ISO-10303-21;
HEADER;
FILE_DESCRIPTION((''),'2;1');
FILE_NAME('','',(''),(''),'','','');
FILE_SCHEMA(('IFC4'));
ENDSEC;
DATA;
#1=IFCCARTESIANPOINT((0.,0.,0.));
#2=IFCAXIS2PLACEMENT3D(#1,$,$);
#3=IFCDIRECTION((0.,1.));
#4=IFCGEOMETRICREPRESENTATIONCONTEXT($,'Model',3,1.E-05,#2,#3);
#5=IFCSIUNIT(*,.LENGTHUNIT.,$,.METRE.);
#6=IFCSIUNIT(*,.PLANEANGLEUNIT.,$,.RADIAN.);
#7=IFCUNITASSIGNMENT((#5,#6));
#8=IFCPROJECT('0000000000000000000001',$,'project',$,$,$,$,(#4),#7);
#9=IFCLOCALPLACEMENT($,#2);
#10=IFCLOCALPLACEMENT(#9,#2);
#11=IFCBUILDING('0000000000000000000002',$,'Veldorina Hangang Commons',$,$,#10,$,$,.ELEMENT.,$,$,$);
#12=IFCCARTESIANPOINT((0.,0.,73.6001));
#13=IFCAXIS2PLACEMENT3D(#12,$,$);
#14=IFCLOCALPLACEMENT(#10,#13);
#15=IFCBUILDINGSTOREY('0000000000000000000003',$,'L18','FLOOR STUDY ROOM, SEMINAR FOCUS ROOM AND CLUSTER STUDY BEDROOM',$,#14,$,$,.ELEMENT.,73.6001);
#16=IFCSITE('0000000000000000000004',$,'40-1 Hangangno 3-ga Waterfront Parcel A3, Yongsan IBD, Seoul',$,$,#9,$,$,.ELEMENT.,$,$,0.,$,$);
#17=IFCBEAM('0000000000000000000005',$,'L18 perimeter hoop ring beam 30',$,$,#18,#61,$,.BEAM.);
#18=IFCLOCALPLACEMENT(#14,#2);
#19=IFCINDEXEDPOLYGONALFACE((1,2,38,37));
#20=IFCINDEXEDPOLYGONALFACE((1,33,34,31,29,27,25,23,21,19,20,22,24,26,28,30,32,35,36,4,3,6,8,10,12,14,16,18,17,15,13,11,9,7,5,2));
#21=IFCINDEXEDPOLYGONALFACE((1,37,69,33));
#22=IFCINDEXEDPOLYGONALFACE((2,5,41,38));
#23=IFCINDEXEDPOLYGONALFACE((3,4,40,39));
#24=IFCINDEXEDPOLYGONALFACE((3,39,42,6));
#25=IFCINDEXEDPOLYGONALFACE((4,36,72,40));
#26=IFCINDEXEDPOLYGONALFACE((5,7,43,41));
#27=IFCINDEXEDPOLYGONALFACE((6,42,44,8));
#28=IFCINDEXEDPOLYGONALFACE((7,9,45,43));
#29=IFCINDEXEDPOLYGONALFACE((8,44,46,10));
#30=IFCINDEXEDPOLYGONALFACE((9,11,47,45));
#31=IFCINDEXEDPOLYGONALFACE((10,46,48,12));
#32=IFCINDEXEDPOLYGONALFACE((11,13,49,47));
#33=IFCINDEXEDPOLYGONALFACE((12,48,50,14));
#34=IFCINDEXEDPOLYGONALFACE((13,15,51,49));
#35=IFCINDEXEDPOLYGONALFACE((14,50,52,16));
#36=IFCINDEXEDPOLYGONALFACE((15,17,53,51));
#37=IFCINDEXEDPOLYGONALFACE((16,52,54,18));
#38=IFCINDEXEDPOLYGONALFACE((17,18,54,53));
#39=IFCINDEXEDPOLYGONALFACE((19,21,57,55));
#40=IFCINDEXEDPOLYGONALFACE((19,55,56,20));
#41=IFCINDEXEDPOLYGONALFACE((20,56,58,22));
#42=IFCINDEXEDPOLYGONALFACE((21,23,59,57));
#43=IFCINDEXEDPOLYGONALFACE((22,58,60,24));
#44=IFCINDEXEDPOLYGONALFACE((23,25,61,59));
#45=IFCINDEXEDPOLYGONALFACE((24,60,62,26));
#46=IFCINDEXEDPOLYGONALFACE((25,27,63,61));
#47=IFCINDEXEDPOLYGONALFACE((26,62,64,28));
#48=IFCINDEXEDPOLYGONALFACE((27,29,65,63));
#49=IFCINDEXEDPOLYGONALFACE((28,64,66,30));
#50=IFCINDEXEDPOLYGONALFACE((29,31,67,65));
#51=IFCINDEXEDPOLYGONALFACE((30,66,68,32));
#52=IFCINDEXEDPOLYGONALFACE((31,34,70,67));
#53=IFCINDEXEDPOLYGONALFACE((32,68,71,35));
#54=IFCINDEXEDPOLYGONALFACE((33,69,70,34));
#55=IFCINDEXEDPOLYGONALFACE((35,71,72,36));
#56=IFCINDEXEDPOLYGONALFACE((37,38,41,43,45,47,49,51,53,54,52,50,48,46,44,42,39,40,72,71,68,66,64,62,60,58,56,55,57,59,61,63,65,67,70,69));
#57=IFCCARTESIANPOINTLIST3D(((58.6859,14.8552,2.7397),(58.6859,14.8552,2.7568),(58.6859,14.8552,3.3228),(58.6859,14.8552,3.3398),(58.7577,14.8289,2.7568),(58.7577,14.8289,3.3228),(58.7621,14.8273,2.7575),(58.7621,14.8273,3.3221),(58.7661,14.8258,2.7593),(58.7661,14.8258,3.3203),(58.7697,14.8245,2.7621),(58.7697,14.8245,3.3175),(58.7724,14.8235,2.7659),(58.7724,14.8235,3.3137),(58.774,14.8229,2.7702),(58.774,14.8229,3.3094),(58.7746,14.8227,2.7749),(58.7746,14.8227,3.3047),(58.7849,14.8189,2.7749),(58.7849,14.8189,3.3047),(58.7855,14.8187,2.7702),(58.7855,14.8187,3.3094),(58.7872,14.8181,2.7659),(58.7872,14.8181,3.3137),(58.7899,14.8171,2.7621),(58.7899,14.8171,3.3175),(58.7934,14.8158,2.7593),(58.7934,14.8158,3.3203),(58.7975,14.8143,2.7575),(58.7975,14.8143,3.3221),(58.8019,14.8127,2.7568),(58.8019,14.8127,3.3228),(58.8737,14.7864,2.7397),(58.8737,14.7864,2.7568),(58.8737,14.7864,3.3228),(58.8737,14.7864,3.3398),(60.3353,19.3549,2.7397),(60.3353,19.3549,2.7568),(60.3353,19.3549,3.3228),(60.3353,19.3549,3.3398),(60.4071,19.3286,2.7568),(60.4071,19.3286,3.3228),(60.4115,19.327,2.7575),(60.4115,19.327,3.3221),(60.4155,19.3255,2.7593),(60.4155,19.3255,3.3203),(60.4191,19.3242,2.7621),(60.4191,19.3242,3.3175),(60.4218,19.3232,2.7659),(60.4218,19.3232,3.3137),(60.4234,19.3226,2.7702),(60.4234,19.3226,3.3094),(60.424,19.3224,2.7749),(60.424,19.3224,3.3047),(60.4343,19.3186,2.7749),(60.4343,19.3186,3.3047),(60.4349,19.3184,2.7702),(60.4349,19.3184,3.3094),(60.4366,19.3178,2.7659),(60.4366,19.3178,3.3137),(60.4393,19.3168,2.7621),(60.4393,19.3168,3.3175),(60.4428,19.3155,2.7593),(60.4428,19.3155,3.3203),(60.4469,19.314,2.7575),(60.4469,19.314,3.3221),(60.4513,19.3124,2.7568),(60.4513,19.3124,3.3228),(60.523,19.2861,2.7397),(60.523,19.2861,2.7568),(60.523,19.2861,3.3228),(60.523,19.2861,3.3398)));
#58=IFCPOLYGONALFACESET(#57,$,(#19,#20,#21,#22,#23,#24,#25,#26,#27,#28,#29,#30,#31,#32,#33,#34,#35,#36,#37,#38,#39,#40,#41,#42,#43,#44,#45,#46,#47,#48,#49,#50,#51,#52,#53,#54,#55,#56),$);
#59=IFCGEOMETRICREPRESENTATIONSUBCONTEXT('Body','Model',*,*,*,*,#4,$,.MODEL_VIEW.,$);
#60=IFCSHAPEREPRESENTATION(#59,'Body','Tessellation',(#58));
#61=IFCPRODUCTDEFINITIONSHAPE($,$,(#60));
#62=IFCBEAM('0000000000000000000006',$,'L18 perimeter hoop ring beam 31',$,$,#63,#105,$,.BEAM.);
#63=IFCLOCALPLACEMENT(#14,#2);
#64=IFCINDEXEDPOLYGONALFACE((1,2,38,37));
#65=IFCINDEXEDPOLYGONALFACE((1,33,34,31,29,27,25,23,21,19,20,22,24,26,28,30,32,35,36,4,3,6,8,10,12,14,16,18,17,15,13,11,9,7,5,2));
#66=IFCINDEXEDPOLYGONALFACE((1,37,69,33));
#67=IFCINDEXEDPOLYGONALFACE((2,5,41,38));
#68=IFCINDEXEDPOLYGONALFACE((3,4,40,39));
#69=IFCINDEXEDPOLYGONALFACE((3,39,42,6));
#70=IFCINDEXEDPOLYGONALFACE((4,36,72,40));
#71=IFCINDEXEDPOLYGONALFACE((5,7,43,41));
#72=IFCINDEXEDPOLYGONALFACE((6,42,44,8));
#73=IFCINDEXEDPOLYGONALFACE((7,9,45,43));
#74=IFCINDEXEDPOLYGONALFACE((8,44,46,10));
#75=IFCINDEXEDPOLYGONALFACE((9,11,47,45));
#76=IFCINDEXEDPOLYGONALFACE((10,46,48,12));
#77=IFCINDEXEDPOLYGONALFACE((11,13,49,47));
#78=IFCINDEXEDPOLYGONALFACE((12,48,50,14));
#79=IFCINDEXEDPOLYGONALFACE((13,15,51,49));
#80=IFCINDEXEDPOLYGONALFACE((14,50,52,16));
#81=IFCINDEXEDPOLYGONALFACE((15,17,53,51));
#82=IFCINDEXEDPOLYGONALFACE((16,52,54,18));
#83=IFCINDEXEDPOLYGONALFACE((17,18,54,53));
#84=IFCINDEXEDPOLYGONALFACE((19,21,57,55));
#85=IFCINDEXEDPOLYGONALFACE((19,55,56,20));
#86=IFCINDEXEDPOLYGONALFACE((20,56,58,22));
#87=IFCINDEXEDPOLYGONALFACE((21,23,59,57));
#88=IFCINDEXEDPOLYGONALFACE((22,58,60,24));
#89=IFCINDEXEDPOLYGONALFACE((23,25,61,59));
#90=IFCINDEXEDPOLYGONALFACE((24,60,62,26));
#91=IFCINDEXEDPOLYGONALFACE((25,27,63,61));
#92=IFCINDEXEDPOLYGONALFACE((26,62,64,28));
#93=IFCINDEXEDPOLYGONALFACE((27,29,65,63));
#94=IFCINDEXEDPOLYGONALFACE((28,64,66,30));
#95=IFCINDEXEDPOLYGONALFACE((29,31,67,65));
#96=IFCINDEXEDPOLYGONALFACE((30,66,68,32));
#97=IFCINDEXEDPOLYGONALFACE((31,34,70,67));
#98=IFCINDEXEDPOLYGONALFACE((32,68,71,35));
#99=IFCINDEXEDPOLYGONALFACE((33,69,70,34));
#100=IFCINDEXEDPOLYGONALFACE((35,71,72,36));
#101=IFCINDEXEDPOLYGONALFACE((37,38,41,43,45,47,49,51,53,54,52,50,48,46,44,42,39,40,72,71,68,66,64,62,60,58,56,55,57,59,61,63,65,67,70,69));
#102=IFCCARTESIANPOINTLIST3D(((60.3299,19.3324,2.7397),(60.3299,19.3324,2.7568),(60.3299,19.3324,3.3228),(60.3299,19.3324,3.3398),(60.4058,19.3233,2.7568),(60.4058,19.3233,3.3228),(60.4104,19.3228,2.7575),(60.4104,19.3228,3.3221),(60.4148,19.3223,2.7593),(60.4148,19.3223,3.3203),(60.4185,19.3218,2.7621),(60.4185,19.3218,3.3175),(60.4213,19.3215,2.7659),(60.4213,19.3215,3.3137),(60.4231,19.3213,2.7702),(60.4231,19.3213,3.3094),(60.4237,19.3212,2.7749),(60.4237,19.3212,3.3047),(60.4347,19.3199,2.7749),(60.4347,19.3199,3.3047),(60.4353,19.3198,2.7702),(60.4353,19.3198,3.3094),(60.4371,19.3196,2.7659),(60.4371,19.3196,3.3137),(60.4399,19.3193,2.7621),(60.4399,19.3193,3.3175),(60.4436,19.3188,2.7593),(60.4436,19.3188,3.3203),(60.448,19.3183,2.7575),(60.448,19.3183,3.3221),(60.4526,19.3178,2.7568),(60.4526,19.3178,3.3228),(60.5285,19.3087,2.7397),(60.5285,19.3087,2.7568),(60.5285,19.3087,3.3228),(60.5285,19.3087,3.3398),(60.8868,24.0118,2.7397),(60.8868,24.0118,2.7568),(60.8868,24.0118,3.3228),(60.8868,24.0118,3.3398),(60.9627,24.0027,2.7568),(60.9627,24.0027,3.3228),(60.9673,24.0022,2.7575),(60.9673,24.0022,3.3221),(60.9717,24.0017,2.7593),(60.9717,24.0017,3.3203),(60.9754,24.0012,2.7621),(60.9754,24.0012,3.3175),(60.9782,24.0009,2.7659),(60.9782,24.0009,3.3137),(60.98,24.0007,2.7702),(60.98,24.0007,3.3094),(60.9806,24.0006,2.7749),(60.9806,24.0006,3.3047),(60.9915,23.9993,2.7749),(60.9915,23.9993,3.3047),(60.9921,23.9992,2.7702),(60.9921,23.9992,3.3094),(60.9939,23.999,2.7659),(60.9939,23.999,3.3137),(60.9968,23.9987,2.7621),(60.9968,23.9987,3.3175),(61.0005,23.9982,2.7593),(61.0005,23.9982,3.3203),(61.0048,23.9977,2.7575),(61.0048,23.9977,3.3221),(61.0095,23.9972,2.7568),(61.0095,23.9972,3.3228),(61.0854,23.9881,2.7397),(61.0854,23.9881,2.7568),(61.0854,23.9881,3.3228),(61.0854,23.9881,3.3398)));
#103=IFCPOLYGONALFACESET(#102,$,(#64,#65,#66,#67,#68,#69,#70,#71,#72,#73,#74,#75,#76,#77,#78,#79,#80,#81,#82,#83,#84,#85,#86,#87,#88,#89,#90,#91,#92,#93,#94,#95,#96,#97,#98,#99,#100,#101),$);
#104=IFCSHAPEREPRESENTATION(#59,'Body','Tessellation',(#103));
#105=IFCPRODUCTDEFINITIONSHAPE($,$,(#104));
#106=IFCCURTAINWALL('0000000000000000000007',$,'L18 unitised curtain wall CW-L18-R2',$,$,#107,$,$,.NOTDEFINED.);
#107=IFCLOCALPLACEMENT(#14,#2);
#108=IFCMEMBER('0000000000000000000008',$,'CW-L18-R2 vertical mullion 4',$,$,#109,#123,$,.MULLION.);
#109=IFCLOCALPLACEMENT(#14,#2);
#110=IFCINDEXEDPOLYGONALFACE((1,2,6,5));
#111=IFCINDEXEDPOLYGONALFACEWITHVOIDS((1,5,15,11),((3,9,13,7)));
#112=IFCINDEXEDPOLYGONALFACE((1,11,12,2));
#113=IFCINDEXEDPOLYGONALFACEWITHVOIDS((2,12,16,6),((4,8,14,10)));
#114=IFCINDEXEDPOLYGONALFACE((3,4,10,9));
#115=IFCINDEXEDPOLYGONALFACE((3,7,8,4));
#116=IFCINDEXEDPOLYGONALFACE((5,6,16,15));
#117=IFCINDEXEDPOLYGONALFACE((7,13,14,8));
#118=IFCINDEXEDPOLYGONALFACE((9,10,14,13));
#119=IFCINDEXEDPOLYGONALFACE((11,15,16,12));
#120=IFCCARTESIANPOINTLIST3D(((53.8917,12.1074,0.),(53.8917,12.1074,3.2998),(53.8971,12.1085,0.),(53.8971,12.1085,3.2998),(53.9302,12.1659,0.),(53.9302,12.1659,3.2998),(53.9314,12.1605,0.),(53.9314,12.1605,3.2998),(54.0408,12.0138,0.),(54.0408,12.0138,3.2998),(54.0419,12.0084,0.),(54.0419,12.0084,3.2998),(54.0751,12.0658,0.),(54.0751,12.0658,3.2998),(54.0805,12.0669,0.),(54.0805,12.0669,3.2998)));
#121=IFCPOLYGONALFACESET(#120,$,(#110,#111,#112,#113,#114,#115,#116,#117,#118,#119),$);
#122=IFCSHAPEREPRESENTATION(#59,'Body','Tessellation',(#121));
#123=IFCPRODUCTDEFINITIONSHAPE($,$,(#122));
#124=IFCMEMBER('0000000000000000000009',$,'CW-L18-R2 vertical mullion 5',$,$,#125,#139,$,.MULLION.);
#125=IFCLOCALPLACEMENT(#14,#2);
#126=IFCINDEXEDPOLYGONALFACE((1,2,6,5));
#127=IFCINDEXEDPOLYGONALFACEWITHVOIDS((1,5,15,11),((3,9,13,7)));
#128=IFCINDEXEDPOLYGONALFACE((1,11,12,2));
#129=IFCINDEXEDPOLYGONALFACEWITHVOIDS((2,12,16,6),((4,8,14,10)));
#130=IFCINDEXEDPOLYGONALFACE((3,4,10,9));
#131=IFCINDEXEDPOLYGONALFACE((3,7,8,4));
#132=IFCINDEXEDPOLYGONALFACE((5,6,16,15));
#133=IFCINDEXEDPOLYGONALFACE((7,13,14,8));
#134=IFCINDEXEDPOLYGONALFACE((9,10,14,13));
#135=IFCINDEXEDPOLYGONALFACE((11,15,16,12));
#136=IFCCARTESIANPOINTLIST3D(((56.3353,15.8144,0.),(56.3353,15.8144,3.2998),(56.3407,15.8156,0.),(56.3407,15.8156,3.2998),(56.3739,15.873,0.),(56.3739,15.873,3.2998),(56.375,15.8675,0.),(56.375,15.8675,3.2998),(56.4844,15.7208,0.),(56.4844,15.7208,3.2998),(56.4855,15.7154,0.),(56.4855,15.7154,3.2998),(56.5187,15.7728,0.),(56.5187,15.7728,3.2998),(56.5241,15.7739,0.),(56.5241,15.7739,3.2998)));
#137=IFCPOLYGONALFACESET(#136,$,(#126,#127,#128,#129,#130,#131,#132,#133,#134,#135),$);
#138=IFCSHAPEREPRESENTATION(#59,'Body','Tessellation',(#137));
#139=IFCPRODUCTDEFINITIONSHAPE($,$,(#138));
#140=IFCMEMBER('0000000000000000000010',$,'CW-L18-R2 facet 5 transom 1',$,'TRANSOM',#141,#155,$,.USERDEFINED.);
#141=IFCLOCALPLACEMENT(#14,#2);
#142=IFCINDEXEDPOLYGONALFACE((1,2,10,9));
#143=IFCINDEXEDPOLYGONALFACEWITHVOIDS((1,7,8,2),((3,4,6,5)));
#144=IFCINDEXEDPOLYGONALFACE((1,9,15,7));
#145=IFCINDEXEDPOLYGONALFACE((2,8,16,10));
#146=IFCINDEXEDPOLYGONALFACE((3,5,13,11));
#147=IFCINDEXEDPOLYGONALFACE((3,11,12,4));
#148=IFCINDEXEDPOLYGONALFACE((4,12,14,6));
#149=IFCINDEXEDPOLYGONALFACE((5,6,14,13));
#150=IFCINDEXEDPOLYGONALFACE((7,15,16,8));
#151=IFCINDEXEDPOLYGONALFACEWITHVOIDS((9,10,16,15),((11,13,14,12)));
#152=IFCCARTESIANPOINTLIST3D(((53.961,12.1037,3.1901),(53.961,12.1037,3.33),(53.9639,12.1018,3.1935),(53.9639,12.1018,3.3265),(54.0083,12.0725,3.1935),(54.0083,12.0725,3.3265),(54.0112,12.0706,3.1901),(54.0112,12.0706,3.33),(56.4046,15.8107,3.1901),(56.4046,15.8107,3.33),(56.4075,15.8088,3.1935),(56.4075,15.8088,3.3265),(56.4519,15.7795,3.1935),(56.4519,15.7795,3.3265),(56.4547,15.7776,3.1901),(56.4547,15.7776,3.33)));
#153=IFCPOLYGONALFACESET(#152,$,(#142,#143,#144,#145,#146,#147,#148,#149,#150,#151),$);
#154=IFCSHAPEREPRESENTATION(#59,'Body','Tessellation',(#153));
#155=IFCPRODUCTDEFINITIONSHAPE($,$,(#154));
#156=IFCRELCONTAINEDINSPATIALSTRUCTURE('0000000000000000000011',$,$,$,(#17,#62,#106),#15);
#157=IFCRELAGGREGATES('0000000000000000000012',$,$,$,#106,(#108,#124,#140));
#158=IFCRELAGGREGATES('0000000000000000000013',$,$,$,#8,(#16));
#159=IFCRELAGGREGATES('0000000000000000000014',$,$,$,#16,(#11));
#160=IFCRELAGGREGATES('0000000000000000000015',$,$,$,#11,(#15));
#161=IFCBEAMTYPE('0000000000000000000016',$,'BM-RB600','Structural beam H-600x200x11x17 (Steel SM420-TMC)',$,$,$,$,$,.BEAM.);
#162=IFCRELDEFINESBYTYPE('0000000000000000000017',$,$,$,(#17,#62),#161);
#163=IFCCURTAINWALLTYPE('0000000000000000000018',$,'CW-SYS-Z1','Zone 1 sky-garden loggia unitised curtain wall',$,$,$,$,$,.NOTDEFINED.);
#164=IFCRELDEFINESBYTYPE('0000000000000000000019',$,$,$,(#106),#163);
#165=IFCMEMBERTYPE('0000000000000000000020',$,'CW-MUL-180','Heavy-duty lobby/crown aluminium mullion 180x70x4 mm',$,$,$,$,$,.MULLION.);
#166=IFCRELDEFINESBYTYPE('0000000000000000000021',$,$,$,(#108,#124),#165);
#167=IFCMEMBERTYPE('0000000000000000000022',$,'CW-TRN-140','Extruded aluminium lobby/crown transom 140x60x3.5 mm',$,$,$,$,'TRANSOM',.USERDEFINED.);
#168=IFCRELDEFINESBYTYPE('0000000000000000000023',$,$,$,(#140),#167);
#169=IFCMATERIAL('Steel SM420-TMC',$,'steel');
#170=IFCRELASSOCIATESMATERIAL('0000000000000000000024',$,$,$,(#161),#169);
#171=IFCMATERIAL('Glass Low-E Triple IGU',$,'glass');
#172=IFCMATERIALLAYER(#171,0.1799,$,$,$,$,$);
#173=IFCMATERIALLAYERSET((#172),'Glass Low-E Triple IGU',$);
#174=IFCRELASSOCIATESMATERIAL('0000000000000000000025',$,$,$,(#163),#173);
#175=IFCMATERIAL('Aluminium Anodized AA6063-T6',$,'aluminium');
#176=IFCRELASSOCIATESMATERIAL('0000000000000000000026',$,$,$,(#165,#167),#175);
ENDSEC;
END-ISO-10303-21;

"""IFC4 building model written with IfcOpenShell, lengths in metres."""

from ifc_helpers import new_model, si_unit, direction, frame, origin, origin_2d, place, context, subcontext, project, spatial, hollow_rectangle, i_section, extrude, material, layer, layer_set, material_profile, profile_set, type_object, element, aggregate, save


model = new_model("IFC4")

# Units and contexts
model_context = context("Model", 3, precision=1e-05, world=origin(), true_north=direction((0.0, 1.0)))
body_context = subcontext(model_context, "Body", "Model", "MODEL_VIEW")
ifc_project = project(units=[si_unit("LENGTHUNIT", "METRE"), si_unit("PLANEANGLEUNIT", "RADIAN")], contexts=[model_context])

# Site, building, storey
site_placement = place(None, origin())
site = spatial("IfcSite", under=ifc_project, at=site_placement, Name="40-1 Hangangno 3-ga Waterfront Parcel A3, Yongsan IBD, Seoul", CompositionType="ELEMENT", RefElevation=0.0)
building_placement = place(site_placement, origin())
building = spatial("IfcBuilding", under=site, at=building_placement, Name="Veldorina Hangang Commons", CompositionType="ELEMENT")
storey_placement = place(building_placement, frame((0.0, 0.0, 73.6001)))
storey = spatial("IfcBuildingStorey", under=building, at=storey_placement, Name="L18", Description="FLOOR STUDY ROOM, SEMINAR FOCUS ROOM AND CLUSTER STUDY BEDROOM", CompositionType="ELEMENT", Elevation=73.6001)

# Beams
ifc_material_1 = material(Name="Steel SM420-TMC", Category="steel")
ifc_material_profile_1 = material_profile(ifc_material_1, i_section(OverallWidth=0.2, OverallDepth=0.6001, WebThickness=0.011, FlangeThickness=0.0171, FilletRadius=0.0181, at=origin_2d()), Name="H-600x200x11x17")
ifc_profile_set_1 = profile_set([ifc_material_profile_1], Name="Steel SM420-TMC")
beam_type = type_object("IfcBeamType", Name="BM-RB600", Description="Structural beam H-600x200x11x17 (Steel SM420-TMC)", PredefinedType="BEAM", material=ifc_profile_set_1)
beam_1_placement = place(storey_placement, frame((58.7798, 14.8208, 3.0398), z_axis=(0.344163, 0.93891, 0.0), x_axis=(-0.93891, 0.344163, 0.0)))
element("IfcBeam", 1, at=beam_1_placement, inside=storey, type_object=beam_type, Name="L18 perimeter hoop ring beam 30", PredefinedType="BEAM", context=body_context, shape_type="SweptSolid", body=[
    extrude(i_section(OverallWidth=0.2, OverallDepth=0.6001, WebThickness=0.011, FlangeThickness=0.0171, FilletRadius=0.0181, at=origin_2d()), origin(), (0.0, 0.0, 1.0), 4.7925),
])
beam_2_placement = place(storey_placement, frame((60.4292, 19.3206, 3.0398), z_axis=(0.118173, 0.992993, 0.0), x_axis=(-0.992993, 0.118173, 0.0)))
element("IfcBeam", 2, at=beam_2_placement, inside=storey, type_object=beam_type, Name="L18 perimeter hoop ring beam 31", PredefinedType="BEAM", context=body_context, shape_type="SweptSolid", body=[
    extrude(i_section(OverallWidth=0.2, OverallDepth=0.6001, WebThickness=0.011, FlangeThickness=0.0171, FilletRadius=0.0181, at=origin_2d()), origin(), (0.0, 0.0, 1.0), 4.7124),
])

# Curtain wall, members
ifc_material_2 = material(Name="Glass Low-E Triple IGU", Category="glass")
ifc_layer_1 = layer(ifc_material_2, 0.1799)
ifc_layer_set_1 = layer_set([ifc_layer_1], Name="Glass Low-E Triple IGU")
curtain_wall_type = type_object("IfcCurtainWallType", Name="CW-SYS-Z1", Description="Zone 1 sky-garden loggia unitised curtain wall", PredefinedType="NOTDEFINED", material=ifc_layer_set_1)
curtain_wall_placement = place(storey_placement, origin())
curtain_wall = element("IfcCurtainWall", 3, at=curtain_wall_placement, inside=storey, type_object=curtain_wall_type, Name="L18 unitised curtain wall CW-L18-R2", PredefinedType="NOTDEFINED")
ifc_material_3 = material(Name="Aluminium Anodized AA6063-T6", Category="aluminium")
ifc_material_profile_2 = material_profile(ifc_material_3, hollow_rectangle(XDim=0.0701, YDim=0.1799, WallThickness=0.0039, at=origin_2d()), Name="ALU-RHS-180x70x4")
ifc_profile_set_2 = profile_set([ifc_material_profile_2], Name="Aluminium Anodized AA6063-T6")
member_type_1 = type_object("IfcMemberType", Name="CW-MUL-180", Description="Heavy-duty lobby/crown aluminium mullion 180x70x4 mm", PredefinedType="MULLION", material=ifc_profile_set_2)
member_1_placement = place(storey_placement, frame((53.9861, 12.0872, 0.0), z_axis=(0.0, 0.0, 1.0), x_axis=(0.550335, 0.834944, 0.0)))
member_1 = element("IfcMember", 4, at=member_1_placement, type_object=member_type_1, Name="CW-L18-R2 vertical mullion 4", PredefinedType="MULLION", context=body_context, shape_type="SweptSolid", body=[
    extrude(hollow_rectangle(XDim=0.0701, YDim=0.1799, WallThickness=0.0039, at=origin_2d()), origin(), (0.0, 0.0, 1.0), 3.2998),
])
member_2_placement = place(storey_placement, frame((56.4297, 15.7942, 0.0), z_axis=(0.0, 0.0, 1.0), x_axis=(-0.550335, -0.834944, 0.0)))
member_2 = element("IfcMember", 5, at=member_2_placement, type_object=member_type_1, Name="CW-L18-R2 vertical mullion 5", PredefinedType="MULLION", context=body_context, shape_type="SweptSolid", body=[
    extrude(hollow_rectangle(XDim=0.0701, YDim=0.1799, WallThickness=0.0039, at=origin_2d()), origin(), (0.0, 0.0, 1.0), 3.2998),
])
ifc_material_profile_3 = material_profile(ifc_material_3, hollow_rectangle(XDim=0.0601, YDim=0.1399, WallThickness=0.0034, at=origin_2d()), Name="ALU-RHS-140x60x3.5")
ifc_profile_set_3 = profile_set([ifc_material_profile_3], Name="Aluminium Anodized AA6063-T6")
member_type_2 = type_object("IfcMemberType", Name="CW-TRN-140", Description="Extruded aluminium lobby/crown transom 140x60x3.5 mm", ElementType="TRANSOM", PredefinedType="USERDEFINED", material=ifc_profile_set_3)
member_3_placement = place(storey_placement, frame((53.9861, 12.0872, 3.26), z_axis=(0.550366, 0.834924, 0.0), x_axis=(-0.834924, 0.550366, 0.0)))
member_3 = element("IfcMember", 6, at=member_3_placement, type_object=member_type_2, Name="CW-L18-R2 facet 5 transom 1", ObjectType="TRANSOM", PredefinedType="USERDEFINED", context=body_context, shape_type="SweptSolid", body=[
    extrude(hollow_rectangle(XDim=0.0601, YDim=0.1399, WallThickness=0.0034, at=origin_2d()), origin(), (0.0, 0.0, 1.0), 4.4399),
])

aggregate(curtain_wall, [member_1, member_2, member_3])

save(model, "model.ifc")
